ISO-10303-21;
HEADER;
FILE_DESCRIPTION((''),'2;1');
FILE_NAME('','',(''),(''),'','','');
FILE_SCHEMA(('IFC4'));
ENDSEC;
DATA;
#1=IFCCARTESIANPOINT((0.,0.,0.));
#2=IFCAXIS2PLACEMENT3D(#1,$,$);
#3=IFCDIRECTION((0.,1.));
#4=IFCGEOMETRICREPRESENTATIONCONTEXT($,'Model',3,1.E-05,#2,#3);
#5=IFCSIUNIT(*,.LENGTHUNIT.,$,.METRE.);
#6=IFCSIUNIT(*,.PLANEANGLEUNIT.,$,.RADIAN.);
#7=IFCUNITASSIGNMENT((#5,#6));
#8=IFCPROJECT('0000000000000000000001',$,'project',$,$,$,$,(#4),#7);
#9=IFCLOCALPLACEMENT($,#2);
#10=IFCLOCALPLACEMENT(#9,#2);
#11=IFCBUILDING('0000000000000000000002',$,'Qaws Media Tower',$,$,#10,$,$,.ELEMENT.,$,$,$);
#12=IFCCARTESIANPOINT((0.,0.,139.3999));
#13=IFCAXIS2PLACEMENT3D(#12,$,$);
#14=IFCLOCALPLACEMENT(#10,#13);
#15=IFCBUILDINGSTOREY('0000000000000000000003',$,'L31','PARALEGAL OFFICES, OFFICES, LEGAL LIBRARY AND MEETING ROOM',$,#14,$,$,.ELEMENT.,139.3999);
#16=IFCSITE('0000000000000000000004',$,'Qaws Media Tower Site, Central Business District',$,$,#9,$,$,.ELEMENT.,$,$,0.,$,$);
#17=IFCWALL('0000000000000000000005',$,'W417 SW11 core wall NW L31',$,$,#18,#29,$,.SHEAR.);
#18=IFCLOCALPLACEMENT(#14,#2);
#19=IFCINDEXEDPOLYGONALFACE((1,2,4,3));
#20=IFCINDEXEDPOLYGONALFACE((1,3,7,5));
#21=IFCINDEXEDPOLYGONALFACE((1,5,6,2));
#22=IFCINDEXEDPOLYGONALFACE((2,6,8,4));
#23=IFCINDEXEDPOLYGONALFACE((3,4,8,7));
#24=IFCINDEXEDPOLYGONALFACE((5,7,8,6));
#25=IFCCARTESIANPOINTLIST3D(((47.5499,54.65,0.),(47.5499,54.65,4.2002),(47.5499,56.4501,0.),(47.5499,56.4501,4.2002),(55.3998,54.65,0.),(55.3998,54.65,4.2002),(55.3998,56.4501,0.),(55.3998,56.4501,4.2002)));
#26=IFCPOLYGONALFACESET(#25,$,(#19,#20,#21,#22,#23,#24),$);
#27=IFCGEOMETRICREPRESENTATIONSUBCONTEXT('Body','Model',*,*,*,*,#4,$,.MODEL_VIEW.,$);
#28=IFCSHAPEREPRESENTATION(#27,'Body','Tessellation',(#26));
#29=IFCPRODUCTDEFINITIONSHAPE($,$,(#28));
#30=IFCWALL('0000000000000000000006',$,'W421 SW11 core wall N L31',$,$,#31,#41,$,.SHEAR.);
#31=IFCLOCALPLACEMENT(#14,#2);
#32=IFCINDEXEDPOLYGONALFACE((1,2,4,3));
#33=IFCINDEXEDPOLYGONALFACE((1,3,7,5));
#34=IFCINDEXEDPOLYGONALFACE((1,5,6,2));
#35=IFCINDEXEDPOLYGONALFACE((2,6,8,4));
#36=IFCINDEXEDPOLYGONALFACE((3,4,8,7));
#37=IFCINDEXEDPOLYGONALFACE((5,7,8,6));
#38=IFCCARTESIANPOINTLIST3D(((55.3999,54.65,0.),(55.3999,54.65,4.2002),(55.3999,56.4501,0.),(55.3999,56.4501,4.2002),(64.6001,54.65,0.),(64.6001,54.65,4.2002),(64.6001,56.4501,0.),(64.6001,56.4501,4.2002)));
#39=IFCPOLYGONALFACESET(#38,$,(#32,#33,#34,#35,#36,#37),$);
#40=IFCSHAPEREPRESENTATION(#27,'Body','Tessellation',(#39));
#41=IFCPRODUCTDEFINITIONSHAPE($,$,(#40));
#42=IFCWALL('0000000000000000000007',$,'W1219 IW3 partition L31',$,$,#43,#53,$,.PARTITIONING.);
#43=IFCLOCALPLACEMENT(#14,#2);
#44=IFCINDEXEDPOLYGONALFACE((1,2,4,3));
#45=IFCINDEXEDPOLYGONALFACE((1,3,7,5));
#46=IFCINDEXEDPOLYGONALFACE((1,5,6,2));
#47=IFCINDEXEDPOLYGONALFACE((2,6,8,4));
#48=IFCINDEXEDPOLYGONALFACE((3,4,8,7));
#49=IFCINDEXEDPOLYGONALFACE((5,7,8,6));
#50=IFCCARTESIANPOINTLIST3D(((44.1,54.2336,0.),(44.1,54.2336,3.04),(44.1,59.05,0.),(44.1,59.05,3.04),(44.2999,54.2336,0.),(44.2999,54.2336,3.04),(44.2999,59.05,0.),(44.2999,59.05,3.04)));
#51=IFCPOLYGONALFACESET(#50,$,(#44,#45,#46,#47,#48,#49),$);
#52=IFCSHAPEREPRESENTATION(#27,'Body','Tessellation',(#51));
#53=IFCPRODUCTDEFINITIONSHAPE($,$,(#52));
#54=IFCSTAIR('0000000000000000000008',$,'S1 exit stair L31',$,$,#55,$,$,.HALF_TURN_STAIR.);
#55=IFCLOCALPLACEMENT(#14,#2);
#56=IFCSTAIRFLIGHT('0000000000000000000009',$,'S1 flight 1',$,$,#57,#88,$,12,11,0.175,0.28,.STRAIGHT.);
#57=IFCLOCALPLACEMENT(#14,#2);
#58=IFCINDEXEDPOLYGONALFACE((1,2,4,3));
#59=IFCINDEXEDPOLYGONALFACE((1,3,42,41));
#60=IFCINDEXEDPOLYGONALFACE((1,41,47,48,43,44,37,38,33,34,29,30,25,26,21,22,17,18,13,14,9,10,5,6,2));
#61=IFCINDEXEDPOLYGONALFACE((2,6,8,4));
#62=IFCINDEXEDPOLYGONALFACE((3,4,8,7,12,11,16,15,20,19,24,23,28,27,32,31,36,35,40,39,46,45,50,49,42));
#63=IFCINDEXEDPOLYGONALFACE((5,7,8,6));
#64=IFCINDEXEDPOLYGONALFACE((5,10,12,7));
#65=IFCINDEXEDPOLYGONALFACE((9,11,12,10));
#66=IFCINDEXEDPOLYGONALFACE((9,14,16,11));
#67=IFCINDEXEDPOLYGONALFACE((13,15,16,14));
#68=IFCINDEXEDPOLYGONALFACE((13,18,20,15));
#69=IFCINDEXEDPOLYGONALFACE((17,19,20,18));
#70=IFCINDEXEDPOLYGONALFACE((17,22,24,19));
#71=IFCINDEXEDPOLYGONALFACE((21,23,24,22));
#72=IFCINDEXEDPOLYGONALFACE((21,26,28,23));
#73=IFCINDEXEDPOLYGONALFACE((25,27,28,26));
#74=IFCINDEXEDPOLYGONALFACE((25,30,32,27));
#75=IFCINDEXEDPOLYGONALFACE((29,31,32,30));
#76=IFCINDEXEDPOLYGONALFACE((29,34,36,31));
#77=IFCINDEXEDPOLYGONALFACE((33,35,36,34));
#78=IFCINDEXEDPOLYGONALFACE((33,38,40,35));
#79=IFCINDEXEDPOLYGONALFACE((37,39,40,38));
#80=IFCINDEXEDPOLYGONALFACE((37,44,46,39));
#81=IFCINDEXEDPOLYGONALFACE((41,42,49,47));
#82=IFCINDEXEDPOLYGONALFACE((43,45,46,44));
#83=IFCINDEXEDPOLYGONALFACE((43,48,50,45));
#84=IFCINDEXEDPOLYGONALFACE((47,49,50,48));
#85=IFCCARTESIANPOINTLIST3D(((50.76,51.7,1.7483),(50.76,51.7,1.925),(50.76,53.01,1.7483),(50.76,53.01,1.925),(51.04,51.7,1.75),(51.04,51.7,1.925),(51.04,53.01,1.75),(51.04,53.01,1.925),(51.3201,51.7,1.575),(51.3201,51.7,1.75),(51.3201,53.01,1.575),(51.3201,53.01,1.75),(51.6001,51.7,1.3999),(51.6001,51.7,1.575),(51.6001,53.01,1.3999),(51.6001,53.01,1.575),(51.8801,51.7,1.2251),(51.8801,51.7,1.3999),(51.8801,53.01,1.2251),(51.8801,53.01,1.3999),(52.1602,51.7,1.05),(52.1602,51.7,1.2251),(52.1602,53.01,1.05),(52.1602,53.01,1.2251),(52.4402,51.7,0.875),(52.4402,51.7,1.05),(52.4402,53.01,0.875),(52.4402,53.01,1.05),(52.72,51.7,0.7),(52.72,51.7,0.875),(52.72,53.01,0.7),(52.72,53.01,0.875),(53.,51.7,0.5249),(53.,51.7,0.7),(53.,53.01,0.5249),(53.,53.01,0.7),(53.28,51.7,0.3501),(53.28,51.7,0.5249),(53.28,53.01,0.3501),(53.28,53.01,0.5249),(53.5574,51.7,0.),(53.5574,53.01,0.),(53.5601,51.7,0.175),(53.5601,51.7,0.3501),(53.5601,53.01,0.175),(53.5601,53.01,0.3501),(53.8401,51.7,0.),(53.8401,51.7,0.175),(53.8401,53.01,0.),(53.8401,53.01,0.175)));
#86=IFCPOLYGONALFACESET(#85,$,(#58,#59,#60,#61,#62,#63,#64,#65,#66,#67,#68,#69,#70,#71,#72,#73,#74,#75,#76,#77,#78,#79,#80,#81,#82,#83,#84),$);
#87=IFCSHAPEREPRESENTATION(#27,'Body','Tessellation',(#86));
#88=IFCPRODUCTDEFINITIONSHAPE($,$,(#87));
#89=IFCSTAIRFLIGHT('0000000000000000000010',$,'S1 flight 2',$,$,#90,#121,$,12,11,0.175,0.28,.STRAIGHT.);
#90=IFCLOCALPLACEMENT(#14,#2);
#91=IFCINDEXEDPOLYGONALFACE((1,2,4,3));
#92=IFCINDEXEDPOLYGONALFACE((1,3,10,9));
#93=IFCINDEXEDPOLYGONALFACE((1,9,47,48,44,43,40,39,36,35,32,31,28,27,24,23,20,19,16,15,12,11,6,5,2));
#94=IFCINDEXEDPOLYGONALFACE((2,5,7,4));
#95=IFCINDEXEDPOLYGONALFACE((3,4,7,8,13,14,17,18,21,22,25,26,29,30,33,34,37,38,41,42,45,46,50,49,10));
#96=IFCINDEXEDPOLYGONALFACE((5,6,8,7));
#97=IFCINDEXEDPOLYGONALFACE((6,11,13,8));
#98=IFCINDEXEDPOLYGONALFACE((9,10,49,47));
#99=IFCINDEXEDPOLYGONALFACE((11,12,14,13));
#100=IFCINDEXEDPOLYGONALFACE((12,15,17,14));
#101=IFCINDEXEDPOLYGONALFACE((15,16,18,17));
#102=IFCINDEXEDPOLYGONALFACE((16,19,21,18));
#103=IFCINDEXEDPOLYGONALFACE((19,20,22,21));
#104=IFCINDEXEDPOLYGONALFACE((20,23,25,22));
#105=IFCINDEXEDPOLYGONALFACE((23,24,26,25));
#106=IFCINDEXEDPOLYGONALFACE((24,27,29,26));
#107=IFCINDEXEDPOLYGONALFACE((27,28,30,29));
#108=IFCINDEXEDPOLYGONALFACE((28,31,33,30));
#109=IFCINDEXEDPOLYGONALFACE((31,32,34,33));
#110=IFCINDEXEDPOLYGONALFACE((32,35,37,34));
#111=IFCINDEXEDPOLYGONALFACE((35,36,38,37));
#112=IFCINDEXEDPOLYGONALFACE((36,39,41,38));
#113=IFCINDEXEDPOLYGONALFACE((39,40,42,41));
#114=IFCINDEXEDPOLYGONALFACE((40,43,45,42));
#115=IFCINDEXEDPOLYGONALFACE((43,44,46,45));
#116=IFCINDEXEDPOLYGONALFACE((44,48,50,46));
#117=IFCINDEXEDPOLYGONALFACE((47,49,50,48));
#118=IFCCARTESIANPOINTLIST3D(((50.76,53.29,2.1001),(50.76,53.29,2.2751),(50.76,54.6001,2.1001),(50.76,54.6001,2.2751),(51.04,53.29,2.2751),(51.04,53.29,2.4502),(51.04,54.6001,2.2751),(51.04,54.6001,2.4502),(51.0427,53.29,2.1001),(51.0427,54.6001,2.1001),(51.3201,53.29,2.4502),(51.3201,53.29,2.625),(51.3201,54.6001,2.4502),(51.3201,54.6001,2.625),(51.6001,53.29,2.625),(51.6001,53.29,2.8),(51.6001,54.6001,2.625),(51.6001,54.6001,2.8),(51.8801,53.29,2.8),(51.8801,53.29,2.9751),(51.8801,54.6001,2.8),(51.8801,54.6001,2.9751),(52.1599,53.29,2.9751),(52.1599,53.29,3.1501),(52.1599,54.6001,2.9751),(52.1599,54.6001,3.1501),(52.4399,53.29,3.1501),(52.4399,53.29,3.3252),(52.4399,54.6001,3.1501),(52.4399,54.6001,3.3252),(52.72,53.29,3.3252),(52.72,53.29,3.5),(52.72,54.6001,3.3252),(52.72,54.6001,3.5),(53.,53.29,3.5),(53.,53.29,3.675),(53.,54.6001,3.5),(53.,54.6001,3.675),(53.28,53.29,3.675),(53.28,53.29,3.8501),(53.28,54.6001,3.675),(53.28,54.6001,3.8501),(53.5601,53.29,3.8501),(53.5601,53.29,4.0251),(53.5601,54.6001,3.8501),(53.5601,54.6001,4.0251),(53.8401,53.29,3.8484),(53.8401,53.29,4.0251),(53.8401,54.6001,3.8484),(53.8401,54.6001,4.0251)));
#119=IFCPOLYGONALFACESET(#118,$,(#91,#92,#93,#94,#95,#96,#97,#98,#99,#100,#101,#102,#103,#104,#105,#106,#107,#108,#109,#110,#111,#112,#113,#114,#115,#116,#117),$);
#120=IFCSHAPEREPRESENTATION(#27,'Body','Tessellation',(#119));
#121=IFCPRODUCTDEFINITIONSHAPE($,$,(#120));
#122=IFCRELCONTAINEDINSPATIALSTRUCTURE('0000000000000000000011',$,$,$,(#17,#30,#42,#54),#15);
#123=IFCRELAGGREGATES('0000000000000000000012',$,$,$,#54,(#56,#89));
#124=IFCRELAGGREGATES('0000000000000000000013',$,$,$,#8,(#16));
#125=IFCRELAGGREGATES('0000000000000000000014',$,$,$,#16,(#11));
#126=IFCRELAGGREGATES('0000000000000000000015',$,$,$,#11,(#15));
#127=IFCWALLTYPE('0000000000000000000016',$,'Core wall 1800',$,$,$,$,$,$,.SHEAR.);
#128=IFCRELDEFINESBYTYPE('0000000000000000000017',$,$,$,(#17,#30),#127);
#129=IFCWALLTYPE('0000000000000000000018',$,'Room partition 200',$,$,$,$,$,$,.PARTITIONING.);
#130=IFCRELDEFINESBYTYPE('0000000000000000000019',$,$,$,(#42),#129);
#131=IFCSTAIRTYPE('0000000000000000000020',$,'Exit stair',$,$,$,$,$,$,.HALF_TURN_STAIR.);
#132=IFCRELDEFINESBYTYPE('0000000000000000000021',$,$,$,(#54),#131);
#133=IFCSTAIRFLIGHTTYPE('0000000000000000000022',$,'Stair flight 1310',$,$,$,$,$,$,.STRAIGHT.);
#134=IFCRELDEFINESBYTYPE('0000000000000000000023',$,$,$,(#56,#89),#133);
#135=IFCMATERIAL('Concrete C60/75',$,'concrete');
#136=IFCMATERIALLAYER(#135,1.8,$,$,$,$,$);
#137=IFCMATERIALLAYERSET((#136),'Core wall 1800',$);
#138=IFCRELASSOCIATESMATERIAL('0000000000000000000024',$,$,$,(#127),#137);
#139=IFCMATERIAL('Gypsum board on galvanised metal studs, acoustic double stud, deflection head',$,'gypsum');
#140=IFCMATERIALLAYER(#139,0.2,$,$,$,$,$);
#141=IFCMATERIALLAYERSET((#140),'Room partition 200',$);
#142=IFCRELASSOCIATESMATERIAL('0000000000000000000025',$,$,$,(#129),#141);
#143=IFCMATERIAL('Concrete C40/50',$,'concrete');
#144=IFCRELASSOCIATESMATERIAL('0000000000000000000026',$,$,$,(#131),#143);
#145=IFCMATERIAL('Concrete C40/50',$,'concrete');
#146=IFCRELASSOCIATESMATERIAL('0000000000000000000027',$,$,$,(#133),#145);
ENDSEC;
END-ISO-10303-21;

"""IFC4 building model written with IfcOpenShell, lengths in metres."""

from ifc_helpers import new_model, si_unit, direction, frame, frame_2d, origin, place, context, subcontext, project, spatial, polyline, rectangle, outline, extrude, material, layer, layer_set, type_object, element, aggregate, save


model = new_model("IFC4")

# Units and contexts
model_context = context("Model", 3, precision=1e-05, world=origin(), true_north=direction((0.0, 1.0)))
body_context = subcontext(model_context, "Body", "Model", "MODEL_VIEW")
ifc_project = project(units=[si_unit("LENGTHUNIT", "METRE"), si_unit("PLANEANGLEUNIT", "RADIAN")], contexts=[model_context])

# Site, building, storey
site_placement = place(None, origin())
site = spatial("IfcSite", under=ifc_project, at=site_placement, Name="Qaws Media Tower Site, Central Business District", CompositionType="ELEMENT", RefElevation=0.0)
building_placement = place(site_placement, origin())
building = spatial("IfcBuilding", under=site, at=building_placement, Name="Qaws Media Tower", CompositionType="ELEMENT")
storey_placement = place(building_placement, frame((0.0, 0.0, 139.3999)))
storey = spatial("IfcBuildingStorey", under=building, at=storey_placement, Name="L31", Description="PARALEGAL OFFICES, OFFICES, LEGAL LIBRARY AND MEETING ROOM", CompositionType="ELEMENT", Elevation=139.3999)

# Walls
ifc_material_1 = material(Name="Concrete C60/75", Category="concrete")
ifc_layer_1 = layer(ifc_material_1, 1.8)
ifc_layer_set_1 = layer_set([ifc_layer_1], Name="Core wall 1800")
wall_type_1 = type_object("IfcWallType", Name="Core wall 1800", PredefinedType="SHEAR", material=ifc_layer_set_1)
wall_1_placement = place(storey_placement, frame((47.55, 55.55, 0.0), z_axis=(0.0, 0.0, 1.0), x_axis=(1.0, 0.0, 0.0)))
element("IfcWall", 1, at=wall_1_placement, inside=storey, type_object=wall_type_1, Name="W417 SW11 core wall NW L31", PredefinedType="SHEAR", context=body_context, shape_type="SweptSolid", body=[
    extrude(rectangle(XDim=7.8499, YDim=1.8, at=frame_2d((3.9248, 0.0))), origin(), (0.0, 0.0, 1.0), 4.2002),
])
wall_2_placement = place(storey_placement, frame((55.3999, 55.55, 0.0), z_axis=(0.0, 0.0, 1.0), x_axis=(1.0, 0.0, 0.0)))
element("IfcWall", 2, at=wall_2_placement, inside=storey, type_object=wall_type_1, Name="W421 SW11 core wall N L31", PredefinedType="SHEAR", context=body_context, shape_type="SweptSolid", body=[
    extrude(rectangle(XDim=9.2002, YDim=1.8, at=frame_2d((4.6001, 0.0))), origin(), (0.0, 0.0, 1.0), 4.2002),
])
ifc_material_2 = material(Name="Gypsum board on galvanised metal studs, acoustic double stud, deflection head", Category="gypsum")
ifc_layer_2 = layer(ifc_material_2, 0.2)
ifc_layer_set_2 = layer_set([ifc_layer_2], Name="Room partition 200")
wall_type_2 = type_object("IfcWallType", Name="Room partition 200", PredefinedType="PARTITIONING", material=ifc_layer_set_2)
wall_3_placement = place(storey_placement, frame((44.2, 54.2336, 0.0), z_axis=(0.0, 0.0, 1.0), x_axis=(0.0, 1.0, 0.0)))
element("IfcWall", 3, at=wall_3_placement, inside=storey, type_object=wall_type_2, Name="W1219 IW3 partition L31", PredefinedType="PARTITIONING", context=body_context, shape_type="SweptSolid", body=[
    extrude(rectangle(XDim=4.8164, YDim=0.2, at=frame_2d((2.4082, 0.0))), origin(), (0.0, 0.0, 1.0), 3.04),
])

# Stair, stair flights
ifc_material_3 = material(Name="Concrete C40/50", Category="concrete")
stair_type = type_object("IfcStairType", Name="Exit stair", PredefinedType="HALF_TURN_STAIR", material=ifc_material_3)
stair_placement = place(storey_placement, origin())
stair = element("IfcStair", 4, at=stair_placement, inside=storey, type_object=stair_type, Name="S1 exit stair L31", PredefinedType="HALF_TURN_STAIR")
ifc_material_4 = material(Name="Concrete C40/50", Category="concrete")
stair_flight_type = type_object("IfcStairFlightType", Name="Stair flight 1310", PredefinedType="STRAIGHT", material=ifc_material_4)
stair_flight_1_placement = place(storey_placement, frame((53.8401, 52.355, 0.0), z_axis=(0.0, 0.0, 1.0), x_axis=(-1.0, 0.0, 0.0)))
stair_flight_1 = element("IfcStairFlight", 5, at=stair_flight_1_placement, type_object=stair_flight_type, Name="S1 flight 1", NumberOfRisers=12, NumberOfTreads=11, PredefinedType="STRAIGHT", RiserHeight=0.175, TreadLength=0.28, context=body_context, shape_type="SweptSolid", body=[
    extrude(outline(polyline([(0.0, 0.0), (0.0, 0.175), (0.28, 0.175), (0.28, 0.3501), (0.5601, 0.3501), (0.5601, 0.5249), (0.8401, 0.5249), (0.8401, 0.7), (1.1201, 0.7), (1.1201, 0.875), (1.3999, 0.875), (1.3999, 1.05), (1.6799, 1.05), (1.6799, 1.2251), (1.96, 1.2251), (1.96, 1.3999), (2.24, 1.3999), (2.24, 1.575), (2.52, 1.575), (2.52, 1.75), (2.8, 1.75), (2.8, 1.925), (3.0801, 1.925), (3.0801, 2.1001), (3.0801, 1.7483), (0.2827, 0.0), (0.0, 0.0)])), frame((0.0, 0.655, 0.0), z_axis=(0.0, -1.0, 0.0), x_axis=(1.0, 0.0, 0.0)), (0.0, 0.0, 1.0), 1.3101),
])
stair_flight_2_placement = place(storey_placement, frame((50.76, 53.9451, 2.1001), z_axis=(0.0, 0.0, 1.0), x_axis=(1.0, 0.0, 0.0)))
stair_flight_2 = element("IfcStairFlight", 6, at=stair_flight_2_placement, type_object=stair_flight_type, Name="S1 flight 2", NumberOfRisers=12, NumberOfTreads=11, PredefinedType="STRAIGHT", RiserHeight=0.175, TreadLength=0.28, context=body_context, shape_type="SweptSolid", body=[
    extrude(outline(polyline([(0.0, 0.0), (0.0, 0.175), (0.28, 0.175), (0.28, 0.3501), (0.5601, 0.3501), (0.5601, 0.5249), (0.8401, 0.5249), (0.8401, 0.7), (1.1201, 0.7), (1.1201, 0.875), (1.3999, 0.875), (1.3999, 1.05), (1.6799, 1.05), (1.6799, 1.2251), (1.96, 1.2251), (1.96, 1.3999), (2.24, 1.3999), (2.24, 1.575), (2.52, 1.575), (2.52, 1.75), (2.8, 1.75), (2.8, 1.925), (3.0801, 1.925), (3.0801, 2.1001), (3.0801, 1.7483), (0.2827, 0.0), (0.0, 0.0)])), frame((0.0, 0.655, 0.0), z_axis=(0.0, -1.0, 0.0), x_axis=(1.0, 0.0, 0.0)), (0.0, 0.0, 1.0), 1.3101),
])
aggregate(stair, [stair_flight_1, stair_flight_2])

save(model, "model.ifc")
